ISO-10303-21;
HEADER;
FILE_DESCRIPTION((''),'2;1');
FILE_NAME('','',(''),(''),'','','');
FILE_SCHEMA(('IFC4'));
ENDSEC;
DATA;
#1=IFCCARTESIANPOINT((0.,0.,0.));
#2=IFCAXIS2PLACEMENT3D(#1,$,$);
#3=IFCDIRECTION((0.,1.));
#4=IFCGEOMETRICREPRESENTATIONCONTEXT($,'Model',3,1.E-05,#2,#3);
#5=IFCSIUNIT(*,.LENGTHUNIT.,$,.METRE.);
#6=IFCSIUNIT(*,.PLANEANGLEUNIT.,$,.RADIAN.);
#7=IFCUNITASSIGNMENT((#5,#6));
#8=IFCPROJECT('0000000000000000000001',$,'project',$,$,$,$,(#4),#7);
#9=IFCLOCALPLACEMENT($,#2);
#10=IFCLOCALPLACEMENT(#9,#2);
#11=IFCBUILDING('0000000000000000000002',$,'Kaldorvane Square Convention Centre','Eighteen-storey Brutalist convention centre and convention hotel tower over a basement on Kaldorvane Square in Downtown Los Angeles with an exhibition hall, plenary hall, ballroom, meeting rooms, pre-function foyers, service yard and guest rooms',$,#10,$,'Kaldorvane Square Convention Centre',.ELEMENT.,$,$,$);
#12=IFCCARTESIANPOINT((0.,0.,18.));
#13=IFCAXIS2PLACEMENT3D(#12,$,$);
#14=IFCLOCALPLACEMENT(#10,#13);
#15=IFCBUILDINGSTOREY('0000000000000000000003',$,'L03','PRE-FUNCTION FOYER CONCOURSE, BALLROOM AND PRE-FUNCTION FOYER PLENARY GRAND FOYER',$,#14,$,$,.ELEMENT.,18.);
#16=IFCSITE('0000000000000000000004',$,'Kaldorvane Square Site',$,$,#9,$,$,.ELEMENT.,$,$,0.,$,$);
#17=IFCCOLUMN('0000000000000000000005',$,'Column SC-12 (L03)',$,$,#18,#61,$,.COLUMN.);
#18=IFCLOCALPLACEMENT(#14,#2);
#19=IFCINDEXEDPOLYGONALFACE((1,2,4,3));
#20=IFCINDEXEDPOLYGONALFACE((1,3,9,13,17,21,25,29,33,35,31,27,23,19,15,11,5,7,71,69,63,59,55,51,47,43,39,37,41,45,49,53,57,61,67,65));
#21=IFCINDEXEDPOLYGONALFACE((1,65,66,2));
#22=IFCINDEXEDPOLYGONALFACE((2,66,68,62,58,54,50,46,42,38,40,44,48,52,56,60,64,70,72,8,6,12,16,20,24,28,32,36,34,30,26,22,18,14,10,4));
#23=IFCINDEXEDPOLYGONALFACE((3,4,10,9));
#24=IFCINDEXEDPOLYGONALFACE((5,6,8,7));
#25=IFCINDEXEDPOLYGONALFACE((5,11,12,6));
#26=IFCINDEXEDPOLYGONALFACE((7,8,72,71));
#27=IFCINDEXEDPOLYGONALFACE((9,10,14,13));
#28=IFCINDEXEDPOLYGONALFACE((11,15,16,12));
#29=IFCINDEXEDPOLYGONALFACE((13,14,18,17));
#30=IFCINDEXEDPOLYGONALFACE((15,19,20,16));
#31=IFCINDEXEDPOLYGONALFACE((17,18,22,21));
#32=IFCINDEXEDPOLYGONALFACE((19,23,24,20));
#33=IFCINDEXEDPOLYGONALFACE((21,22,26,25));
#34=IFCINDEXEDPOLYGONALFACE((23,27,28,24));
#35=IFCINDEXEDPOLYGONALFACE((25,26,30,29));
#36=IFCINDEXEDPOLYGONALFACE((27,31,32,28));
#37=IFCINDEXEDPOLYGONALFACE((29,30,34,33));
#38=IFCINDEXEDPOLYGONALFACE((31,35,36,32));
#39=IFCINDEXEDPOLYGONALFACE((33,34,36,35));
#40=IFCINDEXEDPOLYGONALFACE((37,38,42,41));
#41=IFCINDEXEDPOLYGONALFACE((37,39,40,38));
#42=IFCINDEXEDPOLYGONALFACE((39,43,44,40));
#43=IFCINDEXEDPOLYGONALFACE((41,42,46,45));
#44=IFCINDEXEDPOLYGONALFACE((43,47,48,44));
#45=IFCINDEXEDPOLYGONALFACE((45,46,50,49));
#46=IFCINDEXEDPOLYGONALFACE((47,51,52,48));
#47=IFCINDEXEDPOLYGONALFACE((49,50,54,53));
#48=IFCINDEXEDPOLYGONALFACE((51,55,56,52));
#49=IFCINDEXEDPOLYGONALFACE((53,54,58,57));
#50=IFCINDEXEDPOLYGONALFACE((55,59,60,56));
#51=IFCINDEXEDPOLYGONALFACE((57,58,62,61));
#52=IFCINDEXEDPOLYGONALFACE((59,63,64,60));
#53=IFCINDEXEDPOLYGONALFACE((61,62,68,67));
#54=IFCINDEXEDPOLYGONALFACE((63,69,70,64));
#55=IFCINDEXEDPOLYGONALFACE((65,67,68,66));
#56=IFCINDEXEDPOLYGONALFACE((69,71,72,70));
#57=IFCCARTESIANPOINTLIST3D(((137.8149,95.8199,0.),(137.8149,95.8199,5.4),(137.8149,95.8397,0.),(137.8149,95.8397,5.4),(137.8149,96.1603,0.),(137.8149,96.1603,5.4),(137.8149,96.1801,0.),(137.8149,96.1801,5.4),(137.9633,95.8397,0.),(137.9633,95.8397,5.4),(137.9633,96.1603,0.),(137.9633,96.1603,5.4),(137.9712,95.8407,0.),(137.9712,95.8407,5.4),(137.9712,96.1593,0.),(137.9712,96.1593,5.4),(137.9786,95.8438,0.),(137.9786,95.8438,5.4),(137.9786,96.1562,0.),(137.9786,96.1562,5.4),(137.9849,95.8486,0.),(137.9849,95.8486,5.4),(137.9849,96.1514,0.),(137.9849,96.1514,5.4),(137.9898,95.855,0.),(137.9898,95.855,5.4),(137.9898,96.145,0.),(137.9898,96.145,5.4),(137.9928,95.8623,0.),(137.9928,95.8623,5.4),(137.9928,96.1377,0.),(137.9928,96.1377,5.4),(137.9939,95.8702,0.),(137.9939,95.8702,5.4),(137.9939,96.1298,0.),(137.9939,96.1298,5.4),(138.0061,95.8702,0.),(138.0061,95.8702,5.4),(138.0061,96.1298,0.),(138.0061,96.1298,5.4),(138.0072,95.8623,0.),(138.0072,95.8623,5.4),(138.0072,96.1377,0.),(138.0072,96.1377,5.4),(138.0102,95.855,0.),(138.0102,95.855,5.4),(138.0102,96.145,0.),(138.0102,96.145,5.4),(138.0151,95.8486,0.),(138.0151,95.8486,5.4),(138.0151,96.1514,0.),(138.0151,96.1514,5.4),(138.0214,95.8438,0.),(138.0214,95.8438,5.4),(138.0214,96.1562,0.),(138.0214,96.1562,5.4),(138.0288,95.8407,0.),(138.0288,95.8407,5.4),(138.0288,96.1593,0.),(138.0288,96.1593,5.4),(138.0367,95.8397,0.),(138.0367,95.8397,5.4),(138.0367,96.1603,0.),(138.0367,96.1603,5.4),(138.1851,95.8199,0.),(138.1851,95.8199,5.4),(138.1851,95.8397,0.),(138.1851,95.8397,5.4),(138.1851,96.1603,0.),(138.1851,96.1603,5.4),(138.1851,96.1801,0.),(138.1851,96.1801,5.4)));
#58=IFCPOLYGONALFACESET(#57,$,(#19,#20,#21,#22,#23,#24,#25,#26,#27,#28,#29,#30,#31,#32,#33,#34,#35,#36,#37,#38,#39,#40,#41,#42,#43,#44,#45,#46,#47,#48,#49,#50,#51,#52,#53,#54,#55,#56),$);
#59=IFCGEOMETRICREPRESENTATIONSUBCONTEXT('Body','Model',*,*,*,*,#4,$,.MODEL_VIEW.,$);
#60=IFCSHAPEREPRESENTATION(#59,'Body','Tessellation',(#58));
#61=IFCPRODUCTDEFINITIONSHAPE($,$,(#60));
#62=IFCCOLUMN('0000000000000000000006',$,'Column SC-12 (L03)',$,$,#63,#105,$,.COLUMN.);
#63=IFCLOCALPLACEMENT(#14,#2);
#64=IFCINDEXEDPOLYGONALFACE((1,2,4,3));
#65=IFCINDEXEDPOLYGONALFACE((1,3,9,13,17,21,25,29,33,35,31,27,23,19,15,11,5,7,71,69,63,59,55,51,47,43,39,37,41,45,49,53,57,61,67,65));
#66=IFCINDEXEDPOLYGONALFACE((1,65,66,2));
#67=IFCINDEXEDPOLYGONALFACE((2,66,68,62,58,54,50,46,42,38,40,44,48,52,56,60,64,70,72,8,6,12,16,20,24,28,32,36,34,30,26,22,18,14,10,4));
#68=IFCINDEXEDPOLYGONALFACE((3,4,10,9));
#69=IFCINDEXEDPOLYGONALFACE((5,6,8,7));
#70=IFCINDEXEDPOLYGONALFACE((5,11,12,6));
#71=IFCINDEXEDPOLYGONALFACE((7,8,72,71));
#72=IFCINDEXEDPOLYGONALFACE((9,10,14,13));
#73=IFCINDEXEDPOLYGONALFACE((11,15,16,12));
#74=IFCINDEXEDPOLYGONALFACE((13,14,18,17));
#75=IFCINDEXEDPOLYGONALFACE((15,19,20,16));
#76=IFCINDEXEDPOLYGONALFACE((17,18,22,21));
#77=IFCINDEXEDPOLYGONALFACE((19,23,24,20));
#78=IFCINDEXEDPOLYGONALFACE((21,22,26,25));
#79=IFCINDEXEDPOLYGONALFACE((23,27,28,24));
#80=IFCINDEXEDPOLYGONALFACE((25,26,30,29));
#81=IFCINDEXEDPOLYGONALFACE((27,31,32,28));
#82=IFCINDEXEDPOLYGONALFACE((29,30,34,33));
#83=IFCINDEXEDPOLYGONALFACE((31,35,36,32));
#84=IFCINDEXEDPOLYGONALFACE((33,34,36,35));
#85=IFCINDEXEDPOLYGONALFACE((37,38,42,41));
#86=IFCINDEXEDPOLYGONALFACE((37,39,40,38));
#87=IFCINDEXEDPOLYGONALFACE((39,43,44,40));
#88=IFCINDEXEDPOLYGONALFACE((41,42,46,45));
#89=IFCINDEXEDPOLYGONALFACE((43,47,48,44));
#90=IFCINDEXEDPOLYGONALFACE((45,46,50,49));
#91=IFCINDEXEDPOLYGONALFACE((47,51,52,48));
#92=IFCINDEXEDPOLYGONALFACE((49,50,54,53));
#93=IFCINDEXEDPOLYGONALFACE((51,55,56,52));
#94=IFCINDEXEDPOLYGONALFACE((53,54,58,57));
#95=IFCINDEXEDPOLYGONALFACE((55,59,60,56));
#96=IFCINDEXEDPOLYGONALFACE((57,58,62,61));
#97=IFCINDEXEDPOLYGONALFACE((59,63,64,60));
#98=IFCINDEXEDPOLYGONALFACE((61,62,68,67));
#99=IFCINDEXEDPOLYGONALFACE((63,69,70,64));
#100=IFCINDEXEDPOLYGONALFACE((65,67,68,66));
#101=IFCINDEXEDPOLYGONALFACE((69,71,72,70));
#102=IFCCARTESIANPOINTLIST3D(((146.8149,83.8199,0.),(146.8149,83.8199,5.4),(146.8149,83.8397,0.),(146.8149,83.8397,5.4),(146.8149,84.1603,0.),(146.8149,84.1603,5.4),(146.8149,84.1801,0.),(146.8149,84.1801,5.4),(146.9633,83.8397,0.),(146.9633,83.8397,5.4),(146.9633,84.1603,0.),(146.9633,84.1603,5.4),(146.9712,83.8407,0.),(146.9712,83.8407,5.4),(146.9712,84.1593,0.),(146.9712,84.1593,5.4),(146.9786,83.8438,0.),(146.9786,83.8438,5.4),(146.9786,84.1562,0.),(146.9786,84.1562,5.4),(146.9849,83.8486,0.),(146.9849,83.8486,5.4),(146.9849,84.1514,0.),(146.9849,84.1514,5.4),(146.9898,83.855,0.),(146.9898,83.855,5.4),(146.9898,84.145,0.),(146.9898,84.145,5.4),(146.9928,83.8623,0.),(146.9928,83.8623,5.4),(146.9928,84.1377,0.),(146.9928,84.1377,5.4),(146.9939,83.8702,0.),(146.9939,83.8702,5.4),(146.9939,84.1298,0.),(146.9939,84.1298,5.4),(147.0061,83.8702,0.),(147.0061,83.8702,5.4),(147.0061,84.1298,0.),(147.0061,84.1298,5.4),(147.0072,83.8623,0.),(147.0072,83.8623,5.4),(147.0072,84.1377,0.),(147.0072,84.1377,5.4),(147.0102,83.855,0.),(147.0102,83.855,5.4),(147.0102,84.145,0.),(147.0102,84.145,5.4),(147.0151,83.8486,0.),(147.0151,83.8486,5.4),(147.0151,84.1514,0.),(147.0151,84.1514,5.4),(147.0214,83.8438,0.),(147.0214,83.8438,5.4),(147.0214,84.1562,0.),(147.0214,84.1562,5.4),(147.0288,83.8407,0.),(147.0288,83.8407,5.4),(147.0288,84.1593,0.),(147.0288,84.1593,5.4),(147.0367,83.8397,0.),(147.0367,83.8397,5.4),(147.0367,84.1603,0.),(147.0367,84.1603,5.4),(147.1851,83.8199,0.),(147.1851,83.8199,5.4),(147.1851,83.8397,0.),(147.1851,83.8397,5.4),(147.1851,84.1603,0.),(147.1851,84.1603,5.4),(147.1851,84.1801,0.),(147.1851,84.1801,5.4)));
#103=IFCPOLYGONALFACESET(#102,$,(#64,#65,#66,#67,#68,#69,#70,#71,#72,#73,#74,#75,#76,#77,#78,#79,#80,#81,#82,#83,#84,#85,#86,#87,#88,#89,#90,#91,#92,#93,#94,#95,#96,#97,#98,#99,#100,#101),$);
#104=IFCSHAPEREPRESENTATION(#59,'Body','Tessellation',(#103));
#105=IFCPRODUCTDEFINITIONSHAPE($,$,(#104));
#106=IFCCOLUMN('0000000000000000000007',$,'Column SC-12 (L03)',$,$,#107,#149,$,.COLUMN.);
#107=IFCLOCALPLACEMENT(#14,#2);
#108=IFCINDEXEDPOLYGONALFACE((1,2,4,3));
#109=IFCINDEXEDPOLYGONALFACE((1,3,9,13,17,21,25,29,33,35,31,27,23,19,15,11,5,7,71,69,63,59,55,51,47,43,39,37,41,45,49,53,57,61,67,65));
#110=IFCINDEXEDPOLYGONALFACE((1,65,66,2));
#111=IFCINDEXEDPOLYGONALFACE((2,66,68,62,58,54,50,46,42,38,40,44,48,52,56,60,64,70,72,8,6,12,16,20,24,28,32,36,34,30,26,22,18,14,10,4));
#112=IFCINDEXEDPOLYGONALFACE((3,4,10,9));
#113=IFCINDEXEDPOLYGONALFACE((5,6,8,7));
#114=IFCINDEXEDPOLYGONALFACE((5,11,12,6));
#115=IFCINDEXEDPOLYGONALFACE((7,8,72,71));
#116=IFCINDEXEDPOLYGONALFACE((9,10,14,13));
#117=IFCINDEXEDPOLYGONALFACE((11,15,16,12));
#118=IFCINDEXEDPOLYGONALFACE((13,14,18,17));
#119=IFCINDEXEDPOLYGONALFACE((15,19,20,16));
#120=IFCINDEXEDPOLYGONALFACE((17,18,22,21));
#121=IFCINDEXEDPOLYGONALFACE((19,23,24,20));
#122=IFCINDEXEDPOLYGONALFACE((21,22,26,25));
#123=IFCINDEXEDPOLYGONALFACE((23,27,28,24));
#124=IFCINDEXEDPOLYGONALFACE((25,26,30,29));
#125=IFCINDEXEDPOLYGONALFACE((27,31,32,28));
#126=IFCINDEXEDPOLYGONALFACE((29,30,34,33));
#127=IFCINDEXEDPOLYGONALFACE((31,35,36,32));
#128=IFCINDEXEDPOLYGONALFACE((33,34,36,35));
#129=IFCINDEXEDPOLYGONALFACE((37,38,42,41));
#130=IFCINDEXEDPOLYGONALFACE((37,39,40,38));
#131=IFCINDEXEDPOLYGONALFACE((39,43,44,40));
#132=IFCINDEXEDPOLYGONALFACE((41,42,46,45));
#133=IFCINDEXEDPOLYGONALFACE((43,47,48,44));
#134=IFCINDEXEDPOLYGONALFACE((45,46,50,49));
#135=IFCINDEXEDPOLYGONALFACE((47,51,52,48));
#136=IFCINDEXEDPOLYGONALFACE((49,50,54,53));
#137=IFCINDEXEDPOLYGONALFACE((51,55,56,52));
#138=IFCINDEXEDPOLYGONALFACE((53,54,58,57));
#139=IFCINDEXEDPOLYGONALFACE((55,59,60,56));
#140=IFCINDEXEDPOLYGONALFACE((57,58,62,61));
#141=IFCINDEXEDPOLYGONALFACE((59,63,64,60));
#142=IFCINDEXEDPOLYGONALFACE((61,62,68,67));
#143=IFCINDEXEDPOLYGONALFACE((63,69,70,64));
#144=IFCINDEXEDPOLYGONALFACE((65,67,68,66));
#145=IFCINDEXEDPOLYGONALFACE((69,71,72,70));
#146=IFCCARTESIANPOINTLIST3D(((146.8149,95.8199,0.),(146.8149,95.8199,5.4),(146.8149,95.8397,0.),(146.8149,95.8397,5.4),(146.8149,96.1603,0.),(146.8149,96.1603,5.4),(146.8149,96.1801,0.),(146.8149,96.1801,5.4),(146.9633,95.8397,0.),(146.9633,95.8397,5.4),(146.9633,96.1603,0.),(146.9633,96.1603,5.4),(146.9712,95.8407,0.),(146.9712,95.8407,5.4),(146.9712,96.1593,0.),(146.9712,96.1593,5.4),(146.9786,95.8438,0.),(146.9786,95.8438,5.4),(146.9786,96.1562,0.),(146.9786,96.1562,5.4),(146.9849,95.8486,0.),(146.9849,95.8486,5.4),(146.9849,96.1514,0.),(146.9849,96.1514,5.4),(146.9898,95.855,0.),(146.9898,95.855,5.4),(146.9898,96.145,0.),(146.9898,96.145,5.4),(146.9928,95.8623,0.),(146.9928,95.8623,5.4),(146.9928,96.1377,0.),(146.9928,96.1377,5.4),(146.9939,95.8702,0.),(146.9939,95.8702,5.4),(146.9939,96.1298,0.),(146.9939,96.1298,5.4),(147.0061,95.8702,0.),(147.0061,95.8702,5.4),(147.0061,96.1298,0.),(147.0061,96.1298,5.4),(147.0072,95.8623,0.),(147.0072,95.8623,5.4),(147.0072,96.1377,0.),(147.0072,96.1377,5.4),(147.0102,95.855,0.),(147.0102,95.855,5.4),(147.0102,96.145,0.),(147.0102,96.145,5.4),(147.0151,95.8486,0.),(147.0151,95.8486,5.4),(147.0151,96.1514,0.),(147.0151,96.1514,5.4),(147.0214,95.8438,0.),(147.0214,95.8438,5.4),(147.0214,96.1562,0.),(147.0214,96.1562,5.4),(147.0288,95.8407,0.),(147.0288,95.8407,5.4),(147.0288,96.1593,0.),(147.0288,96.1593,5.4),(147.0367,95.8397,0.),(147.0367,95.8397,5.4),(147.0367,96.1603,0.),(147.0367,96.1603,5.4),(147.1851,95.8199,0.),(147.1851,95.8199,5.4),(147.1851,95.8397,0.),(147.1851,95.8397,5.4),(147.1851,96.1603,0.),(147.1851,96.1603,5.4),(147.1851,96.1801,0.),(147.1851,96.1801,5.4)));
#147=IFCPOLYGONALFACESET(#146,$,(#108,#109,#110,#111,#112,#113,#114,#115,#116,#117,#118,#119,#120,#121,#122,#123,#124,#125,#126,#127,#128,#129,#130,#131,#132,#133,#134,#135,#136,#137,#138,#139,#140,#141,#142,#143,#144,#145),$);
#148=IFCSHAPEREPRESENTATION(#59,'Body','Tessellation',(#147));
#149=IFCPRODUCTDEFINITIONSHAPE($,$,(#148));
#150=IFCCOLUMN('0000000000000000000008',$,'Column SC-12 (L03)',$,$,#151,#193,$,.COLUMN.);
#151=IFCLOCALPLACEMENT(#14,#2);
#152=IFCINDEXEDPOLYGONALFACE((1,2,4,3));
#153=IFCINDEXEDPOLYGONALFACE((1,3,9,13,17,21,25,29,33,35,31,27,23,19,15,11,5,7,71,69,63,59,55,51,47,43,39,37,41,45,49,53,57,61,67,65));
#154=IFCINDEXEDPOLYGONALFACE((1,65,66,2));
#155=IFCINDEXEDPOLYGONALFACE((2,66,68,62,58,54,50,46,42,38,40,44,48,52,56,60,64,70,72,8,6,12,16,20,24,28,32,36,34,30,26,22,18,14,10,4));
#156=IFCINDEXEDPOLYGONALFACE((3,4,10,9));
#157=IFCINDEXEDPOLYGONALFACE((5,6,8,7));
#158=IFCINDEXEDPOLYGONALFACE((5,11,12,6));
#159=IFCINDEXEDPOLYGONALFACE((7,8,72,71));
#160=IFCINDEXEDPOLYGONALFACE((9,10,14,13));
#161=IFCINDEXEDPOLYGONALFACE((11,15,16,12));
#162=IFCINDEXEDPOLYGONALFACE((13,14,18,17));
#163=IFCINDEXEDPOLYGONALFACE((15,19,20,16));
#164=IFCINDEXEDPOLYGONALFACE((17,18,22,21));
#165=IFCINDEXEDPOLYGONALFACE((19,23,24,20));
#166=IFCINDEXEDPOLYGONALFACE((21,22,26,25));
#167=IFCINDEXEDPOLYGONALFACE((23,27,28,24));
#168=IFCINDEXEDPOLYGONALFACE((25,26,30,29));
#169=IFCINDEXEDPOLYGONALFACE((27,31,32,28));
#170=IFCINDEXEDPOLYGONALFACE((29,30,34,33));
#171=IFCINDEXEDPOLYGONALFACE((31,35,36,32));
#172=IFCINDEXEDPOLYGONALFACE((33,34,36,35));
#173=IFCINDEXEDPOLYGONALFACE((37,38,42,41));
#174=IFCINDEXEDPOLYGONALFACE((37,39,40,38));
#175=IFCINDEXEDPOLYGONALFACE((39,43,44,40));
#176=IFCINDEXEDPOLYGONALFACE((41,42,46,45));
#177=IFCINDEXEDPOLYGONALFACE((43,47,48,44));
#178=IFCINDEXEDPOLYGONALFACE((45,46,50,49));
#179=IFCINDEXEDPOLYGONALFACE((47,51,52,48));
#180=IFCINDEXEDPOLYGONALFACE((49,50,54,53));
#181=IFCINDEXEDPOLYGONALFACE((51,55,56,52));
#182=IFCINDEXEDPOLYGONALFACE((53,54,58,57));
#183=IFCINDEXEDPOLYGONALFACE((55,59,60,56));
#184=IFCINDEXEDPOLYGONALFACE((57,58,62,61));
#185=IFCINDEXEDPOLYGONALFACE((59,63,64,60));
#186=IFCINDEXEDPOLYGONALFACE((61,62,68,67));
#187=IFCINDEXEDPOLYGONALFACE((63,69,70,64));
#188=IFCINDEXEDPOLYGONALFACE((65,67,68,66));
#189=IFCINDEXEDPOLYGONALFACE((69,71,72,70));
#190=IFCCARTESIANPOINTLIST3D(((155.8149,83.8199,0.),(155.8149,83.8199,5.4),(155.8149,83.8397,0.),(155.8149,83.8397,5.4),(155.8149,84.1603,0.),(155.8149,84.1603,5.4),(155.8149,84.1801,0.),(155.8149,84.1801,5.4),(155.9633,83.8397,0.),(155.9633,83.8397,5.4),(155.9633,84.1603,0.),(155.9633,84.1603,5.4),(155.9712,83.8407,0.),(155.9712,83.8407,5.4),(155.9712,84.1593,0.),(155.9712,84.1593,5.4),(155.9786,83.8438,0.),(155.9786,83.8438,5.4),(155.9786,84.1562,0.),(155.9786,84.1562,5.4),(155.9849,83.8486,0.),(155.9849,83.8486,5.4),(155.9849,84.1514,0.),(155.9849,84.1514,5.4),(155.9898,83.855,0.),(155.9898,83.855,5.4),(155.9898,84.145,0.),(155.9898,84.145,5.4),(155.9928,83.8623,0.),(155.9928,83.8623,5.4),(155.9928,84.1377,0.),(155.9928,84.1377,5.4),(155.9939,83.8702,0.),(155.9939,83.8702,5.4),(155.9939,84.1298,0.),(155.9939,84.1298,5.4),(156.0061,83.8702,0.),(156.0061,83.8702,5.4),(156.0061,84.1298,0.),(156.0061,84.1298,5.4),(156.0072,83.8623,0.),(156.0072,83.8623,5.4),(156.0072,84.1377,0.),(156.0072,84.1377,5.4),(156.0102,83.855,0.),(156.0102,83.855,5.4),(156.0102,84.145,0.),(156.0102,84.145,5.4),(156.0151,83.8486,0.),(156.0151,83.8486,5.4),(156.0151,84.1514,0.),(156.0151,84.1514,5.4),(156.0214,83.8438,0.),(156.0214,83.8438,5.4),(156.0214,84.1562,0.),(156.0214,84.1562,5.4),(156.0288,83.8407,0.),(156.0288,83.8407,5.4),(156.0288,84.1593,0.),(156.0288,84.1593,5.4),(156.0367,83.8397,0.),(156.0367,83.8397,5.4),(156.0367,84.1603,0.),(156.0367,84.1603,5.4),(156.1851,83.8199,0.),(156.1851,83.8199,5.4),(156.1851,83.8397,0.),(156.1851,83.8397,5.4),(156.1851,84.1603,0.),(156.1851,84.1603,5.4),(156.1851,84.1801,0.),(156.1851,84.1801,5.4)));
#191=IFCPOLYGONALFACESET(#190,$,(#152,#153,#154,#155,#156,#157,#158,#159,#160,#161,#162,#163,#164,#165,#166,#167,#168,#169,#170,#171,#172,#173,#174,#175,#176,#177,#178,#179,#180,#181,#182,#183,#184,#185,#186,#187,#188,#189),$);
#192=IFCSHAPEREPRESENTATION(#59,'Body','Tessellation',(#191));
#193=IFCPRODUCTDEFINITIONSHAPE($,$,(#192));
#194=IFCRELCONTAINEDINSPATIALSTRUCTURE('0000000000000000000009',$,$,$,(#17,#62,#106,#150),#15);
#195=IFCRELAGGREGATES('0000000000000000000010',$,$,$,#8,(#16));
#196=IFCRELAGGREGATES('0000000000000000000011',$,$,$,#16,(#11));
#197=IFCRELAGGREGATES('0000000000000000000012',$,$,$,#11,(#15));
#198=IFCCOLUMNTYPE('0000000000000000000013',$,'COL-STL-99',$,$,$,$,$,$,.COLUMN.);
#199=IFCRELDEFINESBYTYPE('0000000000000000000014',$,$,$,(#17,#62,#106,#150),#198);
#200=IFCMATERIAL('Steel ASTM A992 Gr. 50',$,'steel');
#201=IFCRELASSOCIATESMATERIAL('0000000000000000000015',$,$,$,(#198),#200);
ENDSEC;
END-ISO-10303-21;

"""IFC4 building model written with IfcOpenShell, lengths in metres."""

from ifc_helpers import new_model, si_unit, direction, frame, origin, origin_2d, place, context, subcontext, project, spatial, i_section, extrude, material, material_profile, profile_set, type_object, element, save


model = new_model("IFC4")

# Units and contexts
model_context = context("Model", 3, precision=1e-05, world=origin(), true_north=direction((0.0, 1.0)))
body_context = subcontext(model_context, "Body", "Model", "MODEL_VIEW")
ifc_project = project(units=[si_unit("LENGTHUNIT", "METRE"), si_unit("PLANEANGLEUNIT", "RADIAN")], contexts=[model_context])

# Site, building, storey
site_placement = place(None, origin())
site = spatial("IfcSite", under=ifc_project, at=site_placement, Name="Kaldorvane Square Site", CompositionType="ELEMENT", RefElevation=0.0)
building_placement = place(site_placement, origin())
building = spatial("IfcBuilding", under=site, at=building_placement, Name="Kaldorvane Square Convention Centre", Description="Eighteen-storey Brutalist convention centre and convention hotel tower over a basement on Kaldorvane Square in Downtown Los Angeles with an exhibition hall, plenary hall, ballroom, meeting rooms, pre-function foyers, service yard and guest rooms", LongName="Kaldorvane Square Convention Centre", CompositionType="ELEMENT")
storey_placement = place(building_placement, frame((0.0, 0.0, 18.0)))
storey = spatial("IfcBuildingStorey", under=building, at=storey_placement, Name="L03", Description="PRE-FUNCTION FOYER CONCOURSE, BALLROOM AND PRE-FUNCTION FOYER PLENARY GRAND FOYER", CompositionType="ELEMENT", Elevation=18.0)

# Columns
ifc_material_1 = material(Name="Steel ASTM A992 Gr. 50", Category="steel")
ifc_material_profile_1 = material_profile(ifc_material_1, i_section(OverallWidth=0.3701, OverallDepth=0.3602, WebThickness=0.0123, FlangeThickness=0.0198, FilletRadius=0.0305, at=origin_2d()), Name="W14X99")
ifc_profile_set_1 = profile_set([ifc_material_profile_1], Name="Steel ASTM A992 Gr. 50")
column_type = type_object("IfcColumnType", Name="COL-STL-99", PredefinedType="COLUMN", material=ifc_profile_set_1)
for number, where, z_axis, x_axis, name in (
    (1, (138.0, 96.0, 0.0), (0.0, 0.0, 1.0), (1.0, 0.0, 0.0), "Column SC-12 (L03)"),
    (2, (147.0, 84.0, 0.0), (0.0, 0.0, 1.0), (1.0, 0.0, 0.0), "Column SC-12 (L03)"),
    (3, (147.0, 96.0, 0.0), (0.0, 0.0, 1.0), (1.0, 0.0, 0.0), "Column SC-12 (L03)"),
    (4, (156.0, 84.0, 0.0), (0.0, 0.0, 1.0), (1.0, 0.0, 0.0), "Column SC-12 (L03)"),
):
    element("IfcColumn", number, at=place(storey_placement, frame(where, z_axis=z_axis, x_axis=x_axis)), inside=storey, type_object=column_type, Name=name, PredefinedType="COLUMN", context=body_context, shape_type="SweptSolid", body=[
        extrude(i_section(OverallWidth=0.3701, OverallDepth=0.3602, WebThickness=0.0123, FlangeThickness=0.0198, FilletRadius=0.0305, at=origin_2d()), origin(), (0.0, 0.0, 1.0), 5.4),
    ])

save(model, "model.ifc")
